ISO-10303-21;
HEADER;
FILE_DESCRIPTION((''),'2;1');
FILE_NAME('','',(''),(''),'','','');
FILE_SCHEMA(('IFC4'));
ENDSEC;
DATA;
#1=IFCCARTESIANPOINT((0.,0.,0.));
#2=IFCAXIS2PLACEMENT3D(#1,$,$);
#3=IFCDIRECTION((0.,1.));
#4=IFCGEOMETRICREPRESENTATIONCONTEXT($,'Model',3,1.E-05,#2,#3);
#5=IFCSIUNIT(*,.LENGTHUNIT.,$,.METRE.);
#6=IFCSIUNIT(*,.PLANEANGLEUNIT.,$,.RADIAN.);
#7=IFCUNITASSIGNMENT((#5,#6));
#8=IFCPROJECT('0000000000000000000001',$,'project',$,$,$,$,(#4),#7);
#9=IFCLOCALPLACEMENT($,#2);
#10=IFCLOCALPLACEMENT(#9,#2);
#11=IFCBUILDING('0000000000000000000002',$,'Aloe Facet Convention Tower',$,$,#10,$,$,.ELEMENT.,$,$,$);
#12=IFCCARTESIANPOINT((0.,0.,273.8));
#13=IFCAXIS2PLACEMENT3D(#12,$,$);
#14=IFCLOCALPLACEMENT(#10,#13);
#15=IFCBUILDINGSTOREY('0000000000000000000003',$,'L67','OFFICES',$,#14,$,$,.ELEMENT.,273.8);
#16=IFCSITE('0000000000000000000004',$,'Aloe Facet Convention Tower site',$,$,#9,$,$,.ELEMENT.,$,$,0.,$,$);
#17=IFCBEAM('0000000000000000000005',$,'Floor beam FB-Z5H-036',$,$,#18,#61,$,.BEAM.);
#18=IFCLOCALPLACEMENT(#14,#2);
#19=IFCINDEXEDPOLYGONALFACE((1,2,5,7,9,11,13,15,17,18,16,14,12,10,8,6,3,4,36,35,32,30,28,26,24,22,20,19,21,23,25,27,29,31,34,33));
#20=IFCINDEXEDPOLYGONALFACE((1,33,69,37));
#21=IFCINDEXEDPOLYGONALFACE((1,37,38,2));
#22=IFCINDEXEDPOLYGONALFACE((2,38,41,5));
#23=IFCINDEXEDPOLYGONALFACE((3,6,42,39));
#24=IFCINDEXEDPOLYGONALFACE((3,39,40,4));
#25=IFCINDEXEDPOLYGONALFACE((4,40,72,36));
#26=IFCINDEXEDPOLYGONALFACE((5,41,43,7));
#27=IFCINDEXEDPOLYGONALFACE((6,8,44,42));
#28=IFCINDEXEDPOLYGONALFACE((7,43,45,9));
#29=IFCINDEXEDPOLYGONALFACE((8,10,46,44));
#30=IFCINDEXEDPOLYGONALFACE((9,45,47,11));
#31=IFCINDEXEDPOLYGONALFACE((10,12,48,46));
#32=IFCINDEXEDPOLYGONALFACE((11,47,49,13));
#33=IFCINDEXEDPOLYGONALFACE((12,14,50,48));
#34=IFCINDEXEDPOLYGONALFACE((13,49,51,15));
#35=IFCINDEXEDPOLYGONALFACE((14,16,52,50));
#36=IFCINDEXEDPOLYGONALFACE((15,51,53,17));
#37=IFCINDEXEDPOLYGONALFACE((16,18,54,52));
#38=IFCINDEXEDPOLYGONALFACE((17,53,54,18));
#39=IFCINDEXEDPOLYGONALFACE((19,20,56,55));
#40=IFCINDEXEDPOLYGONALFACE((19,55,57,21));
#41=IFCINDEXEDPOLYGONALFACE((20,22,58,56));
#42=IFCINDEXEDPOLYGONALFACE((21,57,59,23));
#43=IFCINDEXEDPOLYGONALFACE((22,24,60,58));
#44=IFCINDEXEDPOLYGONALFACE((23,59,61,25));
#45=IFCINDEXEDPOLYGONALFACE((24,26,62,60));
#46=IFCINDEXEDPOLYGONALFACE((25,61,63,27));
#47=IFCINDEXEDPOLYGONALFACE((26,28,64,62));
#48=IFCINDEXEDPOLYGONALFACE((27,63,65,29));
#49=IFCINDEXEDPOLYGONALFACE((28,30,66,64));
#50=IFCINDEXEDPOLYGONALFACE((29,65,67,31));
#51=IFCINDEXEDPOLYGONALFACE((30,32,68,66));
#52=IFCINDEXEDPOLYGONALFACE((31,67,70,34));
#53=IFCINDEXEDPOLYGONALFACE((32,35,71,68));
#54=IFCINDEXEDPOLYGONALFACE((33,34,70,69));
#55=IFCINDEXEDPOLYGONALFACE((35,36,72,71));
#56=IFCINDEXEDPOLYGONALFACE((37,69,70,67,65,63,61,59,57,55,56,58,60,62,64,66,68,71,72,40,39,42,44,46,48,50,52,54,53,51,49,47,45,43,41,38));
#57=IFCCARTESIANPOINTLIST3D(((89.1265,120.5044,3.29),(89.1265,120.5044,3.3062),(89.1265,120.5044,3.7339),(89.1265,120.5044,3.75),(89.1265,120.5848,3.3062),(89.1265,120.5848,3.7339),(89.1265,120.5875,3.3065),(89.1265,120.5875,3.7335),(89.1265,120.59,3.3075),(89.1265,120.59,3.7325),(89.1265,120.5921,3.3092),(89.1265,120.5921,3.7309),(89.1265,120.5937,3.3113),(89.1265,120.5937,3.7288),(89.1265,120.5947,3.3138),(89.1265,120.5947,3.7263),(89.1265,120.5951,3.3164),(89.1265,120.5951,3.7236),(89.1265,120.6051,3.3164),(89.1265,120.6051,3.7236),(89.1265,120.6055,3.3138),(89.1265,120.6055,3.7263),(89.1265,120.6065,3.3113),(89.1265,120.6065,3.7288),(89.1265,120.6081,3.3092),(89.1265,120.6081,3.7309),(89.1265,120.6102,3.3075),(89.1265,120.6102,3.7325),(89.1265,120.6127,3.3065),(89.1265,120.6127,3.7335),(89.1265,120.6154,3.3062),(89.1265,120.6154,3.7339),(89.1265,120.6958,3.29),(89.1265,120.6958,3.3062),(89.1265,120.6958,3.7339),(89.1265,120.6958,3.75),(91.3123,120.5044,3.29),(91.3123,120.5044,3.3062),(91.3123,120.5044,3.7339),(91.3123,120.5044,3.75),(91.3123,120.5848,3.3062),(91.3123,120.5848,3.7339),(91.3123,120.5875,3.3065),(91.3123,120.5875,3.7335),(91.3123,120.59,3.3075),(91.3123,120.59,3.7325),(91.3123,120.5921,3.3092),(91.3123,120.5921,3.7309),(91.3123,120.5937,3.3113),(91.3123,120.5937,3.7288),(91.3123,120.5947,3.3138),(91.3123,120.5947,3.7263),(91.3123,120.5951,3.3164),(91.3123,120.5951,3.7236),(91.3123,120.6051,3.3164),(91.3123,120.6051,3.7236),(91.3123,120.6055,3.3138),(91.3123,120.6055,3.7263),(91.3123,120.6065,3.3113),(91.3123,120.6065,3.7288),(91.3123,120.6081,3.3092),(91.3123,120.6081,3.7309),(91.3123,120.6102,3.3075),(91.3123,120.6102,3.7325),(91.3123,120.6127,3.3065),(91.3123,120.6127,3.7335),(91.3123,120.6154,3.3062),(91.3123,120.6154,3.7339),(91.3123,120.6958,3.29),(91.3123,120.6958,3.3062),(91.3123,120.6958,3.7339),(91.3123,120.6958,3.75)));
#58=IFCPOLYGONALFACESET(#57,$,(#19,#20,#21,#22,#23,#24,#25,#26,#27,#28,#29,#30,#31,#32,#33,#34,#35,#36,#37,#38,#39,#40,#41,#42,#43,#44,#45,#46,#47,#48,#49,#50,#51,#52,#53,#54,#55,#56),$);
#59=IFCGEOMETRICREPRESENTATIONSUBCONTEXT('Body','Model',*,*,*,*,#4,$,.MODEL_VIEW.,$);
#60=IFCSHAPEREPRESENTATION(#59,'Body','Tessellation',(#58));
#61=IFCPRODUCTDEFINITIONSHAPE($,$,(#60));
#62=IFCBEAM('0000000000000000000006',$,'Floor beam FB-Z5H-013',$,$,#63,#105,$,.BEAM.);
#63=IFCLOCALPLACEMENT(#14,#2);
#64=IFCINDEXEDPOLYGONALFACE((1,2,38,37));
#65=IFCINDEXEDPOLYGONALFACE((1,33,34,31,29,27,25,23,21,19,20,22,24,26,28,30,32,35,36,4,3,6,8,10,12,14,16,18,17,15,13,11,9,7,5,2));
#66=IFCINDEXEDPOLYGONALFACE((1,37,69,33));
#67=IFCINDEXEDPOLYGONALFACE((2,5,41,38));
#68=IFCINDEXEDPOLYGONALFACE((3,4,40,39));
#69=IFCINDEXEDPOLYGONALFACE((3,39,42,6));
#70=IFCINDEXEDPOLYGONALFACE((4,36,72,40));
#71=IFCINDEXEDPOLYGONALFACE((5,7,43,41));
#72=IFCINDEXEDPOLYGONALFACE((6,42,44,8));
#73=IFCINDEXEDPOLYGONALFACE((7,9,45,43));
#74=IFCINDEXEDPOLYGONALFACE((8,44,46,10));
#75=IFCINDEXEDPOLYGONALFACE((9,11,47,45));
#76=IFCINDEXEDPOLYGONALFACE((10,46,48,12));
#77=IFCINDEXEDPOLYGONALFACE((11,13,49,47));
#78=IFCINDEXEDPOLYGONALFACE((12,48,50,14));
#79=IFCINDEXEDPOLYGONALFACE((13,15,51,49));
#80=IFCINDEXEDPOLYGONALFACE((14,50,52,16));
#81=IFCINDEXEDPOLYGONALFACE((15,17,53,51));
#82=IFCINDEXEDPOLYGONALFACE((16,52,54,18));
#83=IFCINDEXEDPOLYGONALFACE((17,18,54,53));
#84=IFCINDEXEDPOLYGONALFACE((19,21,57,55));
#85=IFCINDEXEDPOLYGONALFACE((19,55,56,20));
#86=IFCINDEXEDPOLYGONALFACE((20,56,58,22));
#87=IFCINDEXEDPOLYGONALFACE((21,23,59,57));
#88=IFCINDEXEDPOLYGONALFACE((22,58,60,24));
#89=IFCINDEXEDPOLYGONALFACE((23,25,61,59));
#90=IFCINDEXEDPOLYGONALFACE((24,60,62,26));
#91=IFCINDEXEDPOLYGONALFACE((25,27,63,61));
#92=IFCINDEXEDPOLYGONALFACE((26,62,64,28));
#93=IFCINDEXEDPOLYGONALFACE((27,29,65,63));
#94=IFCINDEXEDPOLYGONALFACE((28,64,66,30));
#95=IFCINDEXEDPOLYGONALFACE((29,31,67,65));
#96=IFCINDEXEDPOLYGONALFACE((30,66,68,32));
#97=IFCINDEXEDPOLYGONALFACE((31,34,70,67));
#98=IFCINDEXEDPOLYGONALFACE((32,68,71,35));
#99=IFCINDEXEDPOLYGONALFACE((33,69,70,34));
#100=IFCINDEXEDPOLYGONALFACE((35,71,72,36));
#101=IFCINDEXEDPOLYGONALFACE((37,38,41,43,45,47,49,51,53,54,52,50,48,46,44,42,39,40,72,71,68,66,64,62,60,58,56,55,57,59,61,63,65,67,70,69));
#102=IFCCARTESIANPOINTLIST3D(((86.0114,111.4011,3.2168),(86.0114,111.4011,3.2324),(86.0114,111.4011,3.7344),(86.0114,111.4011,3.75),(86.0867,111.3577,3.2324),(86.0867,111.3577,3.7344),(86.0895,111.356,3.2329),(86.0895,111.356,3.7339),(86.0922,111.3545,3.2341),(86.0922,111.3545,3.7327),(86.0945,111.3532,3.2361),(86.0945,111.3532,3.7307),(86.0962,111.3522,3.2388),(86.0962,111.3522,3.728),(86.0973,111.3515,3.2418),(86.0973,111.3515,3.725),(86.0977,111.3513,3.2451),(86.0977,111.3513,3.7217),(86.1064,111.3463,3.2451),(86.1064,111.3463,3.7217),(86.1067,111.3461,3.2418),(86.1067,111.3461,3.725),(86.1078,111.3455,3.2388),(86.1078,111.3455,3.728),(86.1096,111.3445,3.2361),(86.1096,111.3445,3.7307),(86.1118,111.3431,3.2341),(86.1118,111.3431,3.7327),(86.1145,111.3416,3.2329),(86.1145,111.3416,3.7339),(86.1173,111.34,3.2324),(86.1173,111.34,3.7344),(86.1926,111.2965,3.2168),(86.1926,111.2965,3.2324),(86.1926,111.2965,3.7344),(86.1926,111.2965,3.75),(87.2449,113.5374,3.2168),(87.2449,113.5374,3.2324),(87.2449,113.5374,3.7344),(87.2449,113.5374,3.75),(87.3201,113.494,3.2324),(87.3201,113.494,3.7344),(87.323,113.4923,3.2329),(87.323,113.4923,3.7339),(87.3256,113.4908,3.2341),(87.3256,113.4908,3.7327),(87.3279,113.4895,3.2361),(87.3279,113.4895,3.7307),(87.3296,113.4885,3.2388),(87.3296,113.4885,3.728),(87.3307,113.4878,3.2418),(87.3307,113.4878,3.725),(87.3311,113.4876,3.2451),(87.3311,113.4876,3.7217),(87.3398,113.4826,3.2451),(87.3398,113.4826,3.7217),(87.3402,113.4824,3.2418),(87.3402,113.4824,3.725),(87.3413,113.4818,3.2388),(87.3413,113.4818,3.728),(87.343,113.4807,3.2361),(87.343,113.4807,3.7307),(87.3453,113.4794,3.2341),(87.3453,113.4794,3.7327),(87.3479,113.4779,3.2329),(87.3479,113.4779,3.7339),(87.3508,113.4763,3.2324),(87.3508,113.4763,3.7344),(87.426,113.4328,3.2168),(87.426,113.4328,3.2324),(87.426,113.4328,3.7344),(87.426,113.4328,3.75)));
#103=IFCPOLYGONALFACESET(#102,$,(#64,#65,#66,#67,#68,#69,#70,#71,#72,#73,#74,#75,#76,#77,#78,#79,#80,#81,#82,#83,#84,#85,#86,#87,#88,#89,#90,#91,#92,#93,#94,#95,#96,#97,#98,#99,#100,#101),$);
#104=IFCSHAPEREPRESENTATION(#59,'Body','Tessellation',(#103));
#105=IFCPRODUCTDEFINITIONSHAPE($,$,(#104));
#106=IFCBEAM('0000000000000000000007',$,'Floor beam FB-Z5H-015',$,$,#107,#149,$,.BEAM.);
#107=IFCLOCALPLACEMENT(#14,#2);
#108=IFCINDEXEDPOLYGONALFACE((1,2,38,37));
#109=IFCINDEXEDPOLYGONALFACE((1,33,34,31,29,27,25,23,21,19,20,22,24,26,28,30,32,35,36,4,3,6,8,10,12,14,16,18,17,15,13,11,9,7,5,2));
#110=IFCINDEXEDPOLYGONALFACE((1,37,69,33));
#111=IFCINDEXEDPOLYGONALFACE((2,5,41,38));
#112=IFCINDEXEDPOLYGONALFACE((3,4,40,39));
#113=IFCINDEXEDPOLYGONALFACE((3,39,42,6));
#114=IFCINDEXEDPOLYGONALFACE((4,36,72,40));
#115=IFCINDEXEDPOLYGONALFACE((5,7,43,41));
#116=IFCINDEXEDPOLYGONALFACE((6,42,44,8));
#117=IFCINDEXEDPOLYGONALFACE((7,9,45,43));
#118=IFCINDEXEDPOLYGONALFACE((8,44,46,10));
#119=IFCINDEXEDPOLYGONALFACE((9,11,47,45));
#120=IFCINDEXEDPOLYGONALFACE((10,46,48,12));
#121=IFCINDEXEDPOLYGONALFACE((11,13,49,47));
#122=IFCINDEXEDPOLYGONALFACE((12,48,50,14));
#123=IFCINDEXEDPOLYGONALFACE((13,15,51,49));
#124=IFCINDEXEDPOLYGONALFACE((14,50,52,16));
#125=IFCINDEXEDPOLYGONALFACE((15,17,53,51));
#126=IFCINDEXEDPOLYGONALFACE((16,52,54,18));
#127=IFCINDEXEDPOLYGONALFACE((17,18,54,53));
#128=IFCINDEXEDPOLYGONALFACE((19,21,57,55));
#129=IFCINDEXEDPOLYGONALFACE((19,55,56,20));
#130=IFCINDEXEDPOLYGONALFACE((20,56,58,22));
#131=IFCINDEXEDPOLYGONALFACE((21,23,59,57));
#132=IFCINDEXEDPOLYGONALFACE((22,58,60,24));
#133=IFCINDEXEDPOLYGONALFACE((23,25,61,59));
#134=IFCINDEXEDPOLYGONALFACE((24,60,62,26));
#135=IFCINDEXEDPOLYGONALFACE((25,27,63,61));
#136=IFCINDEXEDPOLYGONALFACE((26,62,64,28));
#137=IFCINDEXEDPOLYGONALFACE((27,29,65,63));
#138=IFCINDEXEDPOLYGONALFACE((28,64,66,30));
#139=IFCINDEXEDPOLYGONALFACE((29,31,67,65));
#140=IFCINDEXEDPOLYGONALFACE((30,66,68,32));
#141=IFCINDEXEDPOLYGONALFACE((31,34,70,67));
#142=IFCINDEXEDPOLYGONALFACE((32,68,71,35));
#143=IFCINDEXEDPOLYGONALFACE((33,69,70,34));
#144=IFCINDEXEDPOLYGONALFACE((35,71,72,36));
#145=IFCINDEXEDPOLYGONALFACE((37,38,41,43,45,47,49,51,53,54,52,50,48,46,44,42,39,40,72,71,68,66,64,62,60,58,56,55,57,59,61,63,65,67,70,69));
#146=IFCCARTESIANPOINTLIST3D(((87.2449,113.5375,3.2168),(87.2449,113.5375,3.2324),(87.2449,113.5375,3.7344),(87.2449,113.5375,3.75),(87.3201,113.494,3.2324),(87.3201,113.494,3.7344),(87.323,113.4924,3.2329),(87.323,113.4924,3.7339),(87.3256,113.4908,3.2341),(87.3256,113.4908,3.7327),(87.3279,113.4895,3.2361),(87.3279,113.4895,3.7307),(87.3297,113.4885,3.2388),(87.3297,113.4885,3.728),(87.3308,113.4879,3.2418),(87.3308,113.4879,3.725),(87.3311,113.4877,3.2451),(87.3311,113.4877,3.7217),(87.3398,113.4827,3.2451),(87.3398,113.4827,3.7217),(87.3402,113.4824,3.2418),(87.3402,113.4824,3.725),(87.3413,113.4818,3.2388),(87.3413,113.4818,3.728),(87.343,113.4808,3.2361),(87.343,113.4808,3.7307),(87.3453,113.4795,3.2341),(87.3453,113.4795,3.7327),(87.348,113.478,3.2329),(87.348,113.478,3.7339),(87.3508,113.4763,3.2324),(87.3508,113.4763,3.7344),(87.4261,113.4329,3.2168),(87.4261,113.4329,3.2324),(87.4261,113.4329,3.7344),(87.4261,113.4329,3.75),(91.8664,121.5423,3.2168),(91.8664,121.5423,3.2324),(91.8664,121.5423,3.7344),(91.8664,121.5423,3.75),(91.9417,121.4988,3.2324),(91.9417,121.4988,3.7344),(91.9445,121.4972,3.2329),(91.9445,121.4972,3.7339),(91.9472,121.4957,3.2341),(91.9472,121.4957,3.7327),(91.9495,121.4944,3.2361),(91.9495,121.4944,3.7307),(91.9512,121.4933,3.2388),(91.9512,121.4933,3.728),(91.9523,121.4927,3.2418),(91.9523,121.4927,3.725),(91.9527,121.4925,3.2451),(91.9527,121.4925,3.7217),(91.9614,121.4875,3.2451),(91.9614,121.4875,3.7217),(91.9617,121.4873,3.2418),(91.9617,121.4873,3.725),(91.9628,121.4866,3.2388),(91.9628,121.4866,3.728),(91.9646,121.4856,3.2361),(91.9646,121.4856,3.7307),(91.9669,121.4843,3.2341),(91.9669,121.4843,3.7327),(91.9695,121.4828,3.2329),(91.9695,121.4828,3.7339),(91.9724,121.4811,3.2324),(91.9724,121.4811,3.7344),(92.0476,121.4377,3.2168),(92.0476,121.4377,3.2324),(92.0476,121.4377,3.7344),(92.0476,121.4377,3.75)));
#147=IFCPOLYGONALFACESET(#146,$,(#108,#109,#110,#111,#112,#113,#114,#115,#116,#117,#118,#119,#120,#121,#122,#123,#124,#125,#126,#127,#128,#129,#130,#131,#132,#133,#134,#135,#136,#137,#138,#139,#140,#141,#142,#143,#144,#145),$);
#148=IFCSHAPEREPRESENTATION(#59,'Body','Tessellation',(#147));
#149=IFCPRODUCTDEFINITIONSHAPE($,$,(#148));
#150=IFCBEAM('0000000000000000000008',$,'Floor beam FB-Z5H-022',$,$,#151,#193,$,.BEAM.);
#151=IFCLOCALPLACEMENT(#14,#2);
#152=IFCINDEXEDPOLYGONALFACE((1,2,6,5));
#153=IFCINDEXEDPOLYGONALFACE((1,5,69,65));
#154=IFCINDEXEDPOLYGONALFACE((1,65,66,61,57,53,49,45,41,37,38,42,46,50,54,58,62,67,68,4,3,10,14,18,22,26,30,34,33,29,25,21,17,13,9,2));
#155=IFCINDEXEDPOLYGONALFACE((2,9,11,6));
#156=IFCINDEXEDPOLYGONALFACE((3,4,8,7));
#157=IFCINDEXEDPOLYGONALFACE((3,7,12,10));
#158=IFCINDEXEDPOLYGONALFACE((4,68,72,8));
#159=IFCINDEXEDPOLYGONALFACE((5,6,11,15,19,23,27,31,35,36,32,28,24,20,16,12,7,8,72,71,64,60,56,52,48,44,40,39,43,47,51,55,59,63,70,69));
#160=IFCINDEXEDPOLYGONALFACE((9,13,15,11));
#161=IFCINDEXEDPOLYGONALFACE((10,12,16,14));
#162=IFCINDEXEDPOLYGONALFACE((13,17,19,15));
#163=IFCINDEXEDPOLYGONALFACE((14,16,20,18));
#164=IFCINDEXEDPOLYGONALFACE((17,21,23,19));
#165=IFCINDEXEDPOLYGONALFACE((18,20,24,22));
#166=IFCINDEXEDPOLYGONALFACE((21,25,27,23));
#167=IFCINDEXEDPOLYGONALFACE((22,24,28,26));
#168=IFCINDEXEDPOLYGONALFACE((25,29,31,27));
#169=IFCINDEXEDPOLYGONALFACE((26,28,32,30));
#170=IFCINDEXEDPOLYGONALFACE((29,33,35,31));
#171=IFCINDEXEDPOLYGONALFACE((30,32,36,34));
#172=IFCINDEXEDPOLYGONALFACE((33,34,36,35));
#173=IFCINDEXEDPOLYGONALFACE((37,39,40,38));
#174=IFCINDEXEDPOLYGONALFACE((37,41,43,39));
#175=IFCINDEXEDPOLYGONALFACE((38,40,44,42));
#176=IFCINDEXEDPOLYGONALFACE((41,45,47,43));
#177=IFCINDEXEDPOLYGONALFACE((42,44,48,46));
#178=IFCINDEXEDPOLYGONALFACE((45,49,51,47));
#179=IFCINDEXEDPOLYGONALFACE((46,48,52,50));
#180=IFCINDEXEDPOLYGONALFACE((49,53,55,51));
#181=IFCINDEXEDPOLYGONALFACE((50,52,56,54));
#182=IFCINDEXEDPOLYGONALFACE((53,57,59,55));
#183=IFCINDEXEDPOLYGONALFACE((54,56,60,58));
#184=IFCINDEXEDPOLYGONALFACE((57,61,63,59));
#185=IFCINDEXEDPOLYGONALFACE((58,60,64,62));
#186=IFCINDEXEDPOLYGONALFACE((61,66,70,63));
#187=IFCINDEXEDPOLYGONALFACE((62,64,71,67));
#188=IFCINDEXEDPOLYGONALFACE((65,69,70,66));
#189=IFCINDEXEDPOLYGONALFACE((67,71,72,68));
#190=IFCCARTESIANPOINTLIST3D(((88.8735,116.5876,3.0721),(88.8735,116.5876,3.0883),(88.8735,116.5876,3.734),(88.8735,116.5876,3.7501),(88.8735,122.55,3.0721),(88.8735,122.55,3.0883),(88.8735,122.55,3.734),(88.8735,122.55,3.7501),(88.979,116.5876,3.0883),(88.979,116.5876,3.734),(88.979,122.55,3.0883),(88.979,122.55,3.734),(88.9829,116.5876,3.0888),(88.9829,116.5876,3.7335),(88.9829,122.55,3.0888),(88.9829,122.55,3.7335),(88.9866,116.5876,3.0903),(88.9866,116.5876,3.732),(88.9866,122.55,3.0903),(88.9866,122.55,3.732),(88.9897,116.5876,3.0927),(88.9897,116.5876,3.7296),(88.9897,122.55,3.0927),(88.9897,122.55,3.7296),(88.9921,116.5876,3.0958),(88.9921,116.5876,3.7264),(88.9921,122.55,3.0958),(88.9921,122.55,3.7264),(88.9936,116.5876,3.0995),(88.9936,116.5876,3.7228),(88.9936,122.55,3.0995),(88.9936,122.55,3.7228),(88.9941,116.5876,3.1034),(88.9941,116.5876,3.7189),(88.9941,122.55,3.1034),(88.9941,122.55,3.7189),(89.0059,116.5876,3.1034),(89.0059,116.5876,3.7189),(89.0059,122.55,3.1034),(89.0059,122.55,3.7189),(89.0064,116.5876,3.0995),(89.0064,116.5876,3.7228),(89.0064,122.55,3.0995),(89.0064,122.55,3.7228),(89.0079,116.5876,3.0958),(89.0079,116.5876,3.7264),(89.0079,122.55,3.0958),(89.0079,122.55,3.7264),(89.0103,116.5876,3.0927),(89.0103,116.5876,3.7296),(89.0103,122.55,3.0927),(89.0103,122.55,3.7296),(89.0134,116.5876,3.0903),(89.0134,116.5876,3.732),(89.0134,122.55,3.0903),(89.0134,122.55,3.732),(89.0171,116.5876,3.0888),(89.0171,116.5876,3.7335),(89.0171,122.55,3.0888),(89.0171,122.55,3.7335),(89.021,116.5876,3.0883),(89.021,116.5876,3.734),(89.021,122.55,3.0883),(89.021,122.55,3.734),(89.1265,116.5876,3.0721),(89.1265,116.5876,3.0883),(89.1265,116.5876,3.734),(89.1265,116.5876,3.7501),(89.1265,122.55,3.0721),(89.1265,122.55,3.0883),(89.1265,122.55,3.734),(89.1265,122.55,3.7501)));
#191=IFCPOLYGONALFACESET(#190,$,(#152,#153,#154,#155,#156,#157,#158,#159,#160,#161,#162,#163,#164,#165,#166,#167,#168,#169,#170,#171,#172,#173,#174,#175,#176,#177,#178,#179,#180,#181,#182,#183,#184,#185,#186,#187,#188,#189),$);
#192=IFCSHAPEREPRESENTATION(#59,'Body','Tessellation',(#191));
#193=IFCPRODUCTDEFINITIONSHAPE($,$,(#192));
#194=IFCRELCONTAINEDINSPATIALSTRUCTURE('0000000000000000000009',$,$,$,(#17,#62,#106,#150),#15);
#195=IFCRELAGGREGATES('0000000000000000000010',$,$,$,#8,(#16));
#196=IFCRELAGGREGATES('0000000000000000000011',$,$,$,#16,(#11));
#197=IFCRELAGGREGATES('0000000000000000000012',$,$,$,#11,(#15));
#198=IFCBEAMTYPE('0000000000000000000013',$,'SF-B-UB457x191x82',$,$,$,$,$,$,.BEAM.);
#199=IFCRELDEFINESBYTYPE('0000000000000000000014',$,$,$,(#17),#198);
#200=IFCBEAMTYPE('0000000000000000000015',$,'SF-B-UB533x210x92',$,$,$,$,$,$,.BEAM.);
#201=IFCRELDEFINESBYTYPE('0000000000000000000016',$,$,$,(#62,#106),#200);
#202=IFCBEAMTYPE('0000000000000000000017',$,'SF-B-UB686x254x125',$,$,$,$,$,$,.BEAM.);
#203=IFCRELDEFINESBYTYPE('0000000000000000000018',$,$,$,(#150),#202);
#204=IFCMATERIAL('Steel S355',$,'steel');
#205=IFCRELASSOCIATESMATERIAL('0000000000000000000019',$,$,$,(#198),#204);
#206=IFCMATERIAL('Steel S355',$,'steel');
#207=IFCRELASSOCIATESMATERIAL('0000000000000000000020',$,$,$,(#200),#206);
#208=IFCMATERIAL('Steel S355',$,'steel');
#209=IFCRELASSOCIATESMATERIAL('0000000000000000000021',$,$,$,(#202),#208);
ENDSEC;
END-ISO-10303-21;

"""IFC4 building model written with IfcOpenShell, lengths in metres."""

from ifc_helpers import new_model, si_unit, direction, frame, origin, origin_2d, place, context, subcontext, project, spatial, i_section, extrude, material, material_profile, profile_set, type_object, element, save


model = new_model("IFC4")

# Units and contexts
model_context = context("Model", 3, precision=1e-05, world=origin(), true_north=direction((0.0, 1.0)))
body_context = subcontext(model_context, "Body", "Model", "MODEL_VIEW")
ifc_project = project(units=[si_unit("LENGTHUNIT", "METRE"), si_unit("PLANEANGLEUNIT", "RADIAN")], contexts=[model_context])

# Site, building, storey
site_placement = place(None, origin())
site = spatial("IfcSite", under=ifc_project, at=site_placement, Name="Aloe Facet Convention Tower site", CompositionType="ELEMENT", RefElevation=0.0)
building_placement = place(site_placement, origin())
building = spatial("IfcBuilding", under=site, at=building_placement, Name="Aloe Facet Convention Tower", CompositionType="ELEMENT")
storey_placement = place(building_placement, frame((0.0, 0.0, 273.8)))
storey = spatial("IfcBuildingStorey", under=building, at=storey_placement, Name="L67", Description="OFFICES", CompositionType="ELEMENT", Elevation=273.8)

# Beams
ifc_material_1 = material(Name="Steel S355", Category="steel")
ifc_material_profile_1 = material_profile(ifc_material_1, i_section(OverallWidth=0.1914, OverallDepth=0.46, WebThickness=0.01, FlangeThickness=0.0161, FilletRadius=0.0103, at=origin_2d()), Name="UB 457x191x82")
ifc_profile_set_1 = profile_set([ifc_material_profile_1], Name="Steel S355")
beam_type_1 = type_object("IfcBeamType", Name="SF-B-UB457x191x82", PredefinedType="BEAM", material=ifc_profile_set_1)
beam_1_placement = place(storey_placement, frame((89.1265, 120.6001, 3.52), z_axis=(1.0, 0.0, 0.0), x_axis=(0.0, 1.0, 0.0)))
element("IfcBeam", 1, at=beam_1_placement, inside=storey, type_object=beam_type_1, Name="Floor beam FB-Z5H-036", PredefinedType="BEAM", context=body_context, shape_type="SweptSolid", body=[
    extrude(i_section(OverallWidth=0.1914, OverallDepth=0.46, WebThickness=0.01, FlangeThickness=0.0161, FilletRadius=0.0103, at=origin_2d()), origin(), (0.0, 0.0, 1.0), 2.1858),
])
ifc_material_2 = material(Name="Steel S355", Category="steel")
ifc_material_profile_2 = material_profile(ifc_material_2, i_section(OverallWidth=0.2092, OverallDepth=0.5332, WebThickness=0.01, FlangeThickness=0.0156, FilletRadius=0.0127, at=origin_2d()), Name="UB 533x210x92")
ifc_profile_set_2 = profile_set([ifc_material_profile_2], Name="Steel S355")
beam_type_2 = type_object("IfcBeamType", Name="SF-B-UB533x210x92", PredefinedType="BEAM", material=ifc_profile_set_2)
beam_2_placement = place(storey_placement, frame((87.3354, 113.4851, 3.4834), z_axis=(-0.500014, -0.866017, 0.0), x_axis=(0.866017, -0.500014, 0.0)))
element("IfcBeam", 2, at=beam_2_placement, inside=storey, type_object=beam_type_2, Name="Floor beam FB-Z5H-013", PredefinedType="BEAM", context=body_context, shape_type="SweptSolid", body=[
    extrude(i_section(OverallWidth=0.2092, OverallDepth=0.5332, WebThickness=0.01, FlangeThickness=0.0156, FilletRadius=0.0127, at=origin_2d()), origin(), (0.0, 0.0, 1.0), 2.4668),
])
beam_3_placement = place(storey_placement, frame((91.957, 121.49, 3.4834), z_axis=(-0.499997, -0.866027, 0.0), x_axis=(0.866027, -0.499997, 0.0)))
element("IfcBeam", 3, at=beam_3_placement, inside=storey, type_object=beam_type_2, Name="Floor beam FB-Z5H-015", PredefinedType="BEAM", context=body_context, shape_type="SweptSolid", body=[
    extrude(i_section(OverallWidth=0.2092, OverallDepth=0.5332, WebThickness=0.01, FlangeThickness=0.0156, FilletRadius=0.0127, at=origin_2d()), origin(), (0.0, 0.0, 1.0), 9.2432),
])
ifc_material_3 = material(Name="Steel S355", Category="steel")
ifc_material_profile_3 = material_profile(ifc_material_3, i_section(OverallWidth=0.2529, OverallDepth=0.678, WebThickness=0.0117, FlangeThickness=0.0161, FilletRadius=0.0151, at=origin_2d()), Name="UB 686x254x125")
ifc_profile_set_3 = profile_set([ifc_material_profile_3], Name="Steel S355")
beam_type_3 = type_object("IfcBeamType", Name="SF-B-UB686x254x125", PredefinedType="BEAM", material=ifc_profile_set_3)
beam_4_placement = place(storey_placement, frame((89.0, 122.55, 3.4111), z_axis=(0.0, -1.0, 0.0), x_axis=(1.0, 0.0, 0.0)))
element("IfcBeam", 4, at=beam_4_placement, inside=storey, type_object=beam_type_3, Name="Floor beam FB-Z5H-022", PredefinedType="BEAM", context=body_context, shape_type="SweptSolid", body=[
    extrude(i_section(OverallWidth=0.2529, OverallDepth=0.678, WebThickness=0.0117, FlangeThickness=0.0161, FilletRadius=0.0151, at=origin_2d()), origin(), (0.0, 0.0, 1.0), 5.9624),
])

save(model, "model.ifc")
